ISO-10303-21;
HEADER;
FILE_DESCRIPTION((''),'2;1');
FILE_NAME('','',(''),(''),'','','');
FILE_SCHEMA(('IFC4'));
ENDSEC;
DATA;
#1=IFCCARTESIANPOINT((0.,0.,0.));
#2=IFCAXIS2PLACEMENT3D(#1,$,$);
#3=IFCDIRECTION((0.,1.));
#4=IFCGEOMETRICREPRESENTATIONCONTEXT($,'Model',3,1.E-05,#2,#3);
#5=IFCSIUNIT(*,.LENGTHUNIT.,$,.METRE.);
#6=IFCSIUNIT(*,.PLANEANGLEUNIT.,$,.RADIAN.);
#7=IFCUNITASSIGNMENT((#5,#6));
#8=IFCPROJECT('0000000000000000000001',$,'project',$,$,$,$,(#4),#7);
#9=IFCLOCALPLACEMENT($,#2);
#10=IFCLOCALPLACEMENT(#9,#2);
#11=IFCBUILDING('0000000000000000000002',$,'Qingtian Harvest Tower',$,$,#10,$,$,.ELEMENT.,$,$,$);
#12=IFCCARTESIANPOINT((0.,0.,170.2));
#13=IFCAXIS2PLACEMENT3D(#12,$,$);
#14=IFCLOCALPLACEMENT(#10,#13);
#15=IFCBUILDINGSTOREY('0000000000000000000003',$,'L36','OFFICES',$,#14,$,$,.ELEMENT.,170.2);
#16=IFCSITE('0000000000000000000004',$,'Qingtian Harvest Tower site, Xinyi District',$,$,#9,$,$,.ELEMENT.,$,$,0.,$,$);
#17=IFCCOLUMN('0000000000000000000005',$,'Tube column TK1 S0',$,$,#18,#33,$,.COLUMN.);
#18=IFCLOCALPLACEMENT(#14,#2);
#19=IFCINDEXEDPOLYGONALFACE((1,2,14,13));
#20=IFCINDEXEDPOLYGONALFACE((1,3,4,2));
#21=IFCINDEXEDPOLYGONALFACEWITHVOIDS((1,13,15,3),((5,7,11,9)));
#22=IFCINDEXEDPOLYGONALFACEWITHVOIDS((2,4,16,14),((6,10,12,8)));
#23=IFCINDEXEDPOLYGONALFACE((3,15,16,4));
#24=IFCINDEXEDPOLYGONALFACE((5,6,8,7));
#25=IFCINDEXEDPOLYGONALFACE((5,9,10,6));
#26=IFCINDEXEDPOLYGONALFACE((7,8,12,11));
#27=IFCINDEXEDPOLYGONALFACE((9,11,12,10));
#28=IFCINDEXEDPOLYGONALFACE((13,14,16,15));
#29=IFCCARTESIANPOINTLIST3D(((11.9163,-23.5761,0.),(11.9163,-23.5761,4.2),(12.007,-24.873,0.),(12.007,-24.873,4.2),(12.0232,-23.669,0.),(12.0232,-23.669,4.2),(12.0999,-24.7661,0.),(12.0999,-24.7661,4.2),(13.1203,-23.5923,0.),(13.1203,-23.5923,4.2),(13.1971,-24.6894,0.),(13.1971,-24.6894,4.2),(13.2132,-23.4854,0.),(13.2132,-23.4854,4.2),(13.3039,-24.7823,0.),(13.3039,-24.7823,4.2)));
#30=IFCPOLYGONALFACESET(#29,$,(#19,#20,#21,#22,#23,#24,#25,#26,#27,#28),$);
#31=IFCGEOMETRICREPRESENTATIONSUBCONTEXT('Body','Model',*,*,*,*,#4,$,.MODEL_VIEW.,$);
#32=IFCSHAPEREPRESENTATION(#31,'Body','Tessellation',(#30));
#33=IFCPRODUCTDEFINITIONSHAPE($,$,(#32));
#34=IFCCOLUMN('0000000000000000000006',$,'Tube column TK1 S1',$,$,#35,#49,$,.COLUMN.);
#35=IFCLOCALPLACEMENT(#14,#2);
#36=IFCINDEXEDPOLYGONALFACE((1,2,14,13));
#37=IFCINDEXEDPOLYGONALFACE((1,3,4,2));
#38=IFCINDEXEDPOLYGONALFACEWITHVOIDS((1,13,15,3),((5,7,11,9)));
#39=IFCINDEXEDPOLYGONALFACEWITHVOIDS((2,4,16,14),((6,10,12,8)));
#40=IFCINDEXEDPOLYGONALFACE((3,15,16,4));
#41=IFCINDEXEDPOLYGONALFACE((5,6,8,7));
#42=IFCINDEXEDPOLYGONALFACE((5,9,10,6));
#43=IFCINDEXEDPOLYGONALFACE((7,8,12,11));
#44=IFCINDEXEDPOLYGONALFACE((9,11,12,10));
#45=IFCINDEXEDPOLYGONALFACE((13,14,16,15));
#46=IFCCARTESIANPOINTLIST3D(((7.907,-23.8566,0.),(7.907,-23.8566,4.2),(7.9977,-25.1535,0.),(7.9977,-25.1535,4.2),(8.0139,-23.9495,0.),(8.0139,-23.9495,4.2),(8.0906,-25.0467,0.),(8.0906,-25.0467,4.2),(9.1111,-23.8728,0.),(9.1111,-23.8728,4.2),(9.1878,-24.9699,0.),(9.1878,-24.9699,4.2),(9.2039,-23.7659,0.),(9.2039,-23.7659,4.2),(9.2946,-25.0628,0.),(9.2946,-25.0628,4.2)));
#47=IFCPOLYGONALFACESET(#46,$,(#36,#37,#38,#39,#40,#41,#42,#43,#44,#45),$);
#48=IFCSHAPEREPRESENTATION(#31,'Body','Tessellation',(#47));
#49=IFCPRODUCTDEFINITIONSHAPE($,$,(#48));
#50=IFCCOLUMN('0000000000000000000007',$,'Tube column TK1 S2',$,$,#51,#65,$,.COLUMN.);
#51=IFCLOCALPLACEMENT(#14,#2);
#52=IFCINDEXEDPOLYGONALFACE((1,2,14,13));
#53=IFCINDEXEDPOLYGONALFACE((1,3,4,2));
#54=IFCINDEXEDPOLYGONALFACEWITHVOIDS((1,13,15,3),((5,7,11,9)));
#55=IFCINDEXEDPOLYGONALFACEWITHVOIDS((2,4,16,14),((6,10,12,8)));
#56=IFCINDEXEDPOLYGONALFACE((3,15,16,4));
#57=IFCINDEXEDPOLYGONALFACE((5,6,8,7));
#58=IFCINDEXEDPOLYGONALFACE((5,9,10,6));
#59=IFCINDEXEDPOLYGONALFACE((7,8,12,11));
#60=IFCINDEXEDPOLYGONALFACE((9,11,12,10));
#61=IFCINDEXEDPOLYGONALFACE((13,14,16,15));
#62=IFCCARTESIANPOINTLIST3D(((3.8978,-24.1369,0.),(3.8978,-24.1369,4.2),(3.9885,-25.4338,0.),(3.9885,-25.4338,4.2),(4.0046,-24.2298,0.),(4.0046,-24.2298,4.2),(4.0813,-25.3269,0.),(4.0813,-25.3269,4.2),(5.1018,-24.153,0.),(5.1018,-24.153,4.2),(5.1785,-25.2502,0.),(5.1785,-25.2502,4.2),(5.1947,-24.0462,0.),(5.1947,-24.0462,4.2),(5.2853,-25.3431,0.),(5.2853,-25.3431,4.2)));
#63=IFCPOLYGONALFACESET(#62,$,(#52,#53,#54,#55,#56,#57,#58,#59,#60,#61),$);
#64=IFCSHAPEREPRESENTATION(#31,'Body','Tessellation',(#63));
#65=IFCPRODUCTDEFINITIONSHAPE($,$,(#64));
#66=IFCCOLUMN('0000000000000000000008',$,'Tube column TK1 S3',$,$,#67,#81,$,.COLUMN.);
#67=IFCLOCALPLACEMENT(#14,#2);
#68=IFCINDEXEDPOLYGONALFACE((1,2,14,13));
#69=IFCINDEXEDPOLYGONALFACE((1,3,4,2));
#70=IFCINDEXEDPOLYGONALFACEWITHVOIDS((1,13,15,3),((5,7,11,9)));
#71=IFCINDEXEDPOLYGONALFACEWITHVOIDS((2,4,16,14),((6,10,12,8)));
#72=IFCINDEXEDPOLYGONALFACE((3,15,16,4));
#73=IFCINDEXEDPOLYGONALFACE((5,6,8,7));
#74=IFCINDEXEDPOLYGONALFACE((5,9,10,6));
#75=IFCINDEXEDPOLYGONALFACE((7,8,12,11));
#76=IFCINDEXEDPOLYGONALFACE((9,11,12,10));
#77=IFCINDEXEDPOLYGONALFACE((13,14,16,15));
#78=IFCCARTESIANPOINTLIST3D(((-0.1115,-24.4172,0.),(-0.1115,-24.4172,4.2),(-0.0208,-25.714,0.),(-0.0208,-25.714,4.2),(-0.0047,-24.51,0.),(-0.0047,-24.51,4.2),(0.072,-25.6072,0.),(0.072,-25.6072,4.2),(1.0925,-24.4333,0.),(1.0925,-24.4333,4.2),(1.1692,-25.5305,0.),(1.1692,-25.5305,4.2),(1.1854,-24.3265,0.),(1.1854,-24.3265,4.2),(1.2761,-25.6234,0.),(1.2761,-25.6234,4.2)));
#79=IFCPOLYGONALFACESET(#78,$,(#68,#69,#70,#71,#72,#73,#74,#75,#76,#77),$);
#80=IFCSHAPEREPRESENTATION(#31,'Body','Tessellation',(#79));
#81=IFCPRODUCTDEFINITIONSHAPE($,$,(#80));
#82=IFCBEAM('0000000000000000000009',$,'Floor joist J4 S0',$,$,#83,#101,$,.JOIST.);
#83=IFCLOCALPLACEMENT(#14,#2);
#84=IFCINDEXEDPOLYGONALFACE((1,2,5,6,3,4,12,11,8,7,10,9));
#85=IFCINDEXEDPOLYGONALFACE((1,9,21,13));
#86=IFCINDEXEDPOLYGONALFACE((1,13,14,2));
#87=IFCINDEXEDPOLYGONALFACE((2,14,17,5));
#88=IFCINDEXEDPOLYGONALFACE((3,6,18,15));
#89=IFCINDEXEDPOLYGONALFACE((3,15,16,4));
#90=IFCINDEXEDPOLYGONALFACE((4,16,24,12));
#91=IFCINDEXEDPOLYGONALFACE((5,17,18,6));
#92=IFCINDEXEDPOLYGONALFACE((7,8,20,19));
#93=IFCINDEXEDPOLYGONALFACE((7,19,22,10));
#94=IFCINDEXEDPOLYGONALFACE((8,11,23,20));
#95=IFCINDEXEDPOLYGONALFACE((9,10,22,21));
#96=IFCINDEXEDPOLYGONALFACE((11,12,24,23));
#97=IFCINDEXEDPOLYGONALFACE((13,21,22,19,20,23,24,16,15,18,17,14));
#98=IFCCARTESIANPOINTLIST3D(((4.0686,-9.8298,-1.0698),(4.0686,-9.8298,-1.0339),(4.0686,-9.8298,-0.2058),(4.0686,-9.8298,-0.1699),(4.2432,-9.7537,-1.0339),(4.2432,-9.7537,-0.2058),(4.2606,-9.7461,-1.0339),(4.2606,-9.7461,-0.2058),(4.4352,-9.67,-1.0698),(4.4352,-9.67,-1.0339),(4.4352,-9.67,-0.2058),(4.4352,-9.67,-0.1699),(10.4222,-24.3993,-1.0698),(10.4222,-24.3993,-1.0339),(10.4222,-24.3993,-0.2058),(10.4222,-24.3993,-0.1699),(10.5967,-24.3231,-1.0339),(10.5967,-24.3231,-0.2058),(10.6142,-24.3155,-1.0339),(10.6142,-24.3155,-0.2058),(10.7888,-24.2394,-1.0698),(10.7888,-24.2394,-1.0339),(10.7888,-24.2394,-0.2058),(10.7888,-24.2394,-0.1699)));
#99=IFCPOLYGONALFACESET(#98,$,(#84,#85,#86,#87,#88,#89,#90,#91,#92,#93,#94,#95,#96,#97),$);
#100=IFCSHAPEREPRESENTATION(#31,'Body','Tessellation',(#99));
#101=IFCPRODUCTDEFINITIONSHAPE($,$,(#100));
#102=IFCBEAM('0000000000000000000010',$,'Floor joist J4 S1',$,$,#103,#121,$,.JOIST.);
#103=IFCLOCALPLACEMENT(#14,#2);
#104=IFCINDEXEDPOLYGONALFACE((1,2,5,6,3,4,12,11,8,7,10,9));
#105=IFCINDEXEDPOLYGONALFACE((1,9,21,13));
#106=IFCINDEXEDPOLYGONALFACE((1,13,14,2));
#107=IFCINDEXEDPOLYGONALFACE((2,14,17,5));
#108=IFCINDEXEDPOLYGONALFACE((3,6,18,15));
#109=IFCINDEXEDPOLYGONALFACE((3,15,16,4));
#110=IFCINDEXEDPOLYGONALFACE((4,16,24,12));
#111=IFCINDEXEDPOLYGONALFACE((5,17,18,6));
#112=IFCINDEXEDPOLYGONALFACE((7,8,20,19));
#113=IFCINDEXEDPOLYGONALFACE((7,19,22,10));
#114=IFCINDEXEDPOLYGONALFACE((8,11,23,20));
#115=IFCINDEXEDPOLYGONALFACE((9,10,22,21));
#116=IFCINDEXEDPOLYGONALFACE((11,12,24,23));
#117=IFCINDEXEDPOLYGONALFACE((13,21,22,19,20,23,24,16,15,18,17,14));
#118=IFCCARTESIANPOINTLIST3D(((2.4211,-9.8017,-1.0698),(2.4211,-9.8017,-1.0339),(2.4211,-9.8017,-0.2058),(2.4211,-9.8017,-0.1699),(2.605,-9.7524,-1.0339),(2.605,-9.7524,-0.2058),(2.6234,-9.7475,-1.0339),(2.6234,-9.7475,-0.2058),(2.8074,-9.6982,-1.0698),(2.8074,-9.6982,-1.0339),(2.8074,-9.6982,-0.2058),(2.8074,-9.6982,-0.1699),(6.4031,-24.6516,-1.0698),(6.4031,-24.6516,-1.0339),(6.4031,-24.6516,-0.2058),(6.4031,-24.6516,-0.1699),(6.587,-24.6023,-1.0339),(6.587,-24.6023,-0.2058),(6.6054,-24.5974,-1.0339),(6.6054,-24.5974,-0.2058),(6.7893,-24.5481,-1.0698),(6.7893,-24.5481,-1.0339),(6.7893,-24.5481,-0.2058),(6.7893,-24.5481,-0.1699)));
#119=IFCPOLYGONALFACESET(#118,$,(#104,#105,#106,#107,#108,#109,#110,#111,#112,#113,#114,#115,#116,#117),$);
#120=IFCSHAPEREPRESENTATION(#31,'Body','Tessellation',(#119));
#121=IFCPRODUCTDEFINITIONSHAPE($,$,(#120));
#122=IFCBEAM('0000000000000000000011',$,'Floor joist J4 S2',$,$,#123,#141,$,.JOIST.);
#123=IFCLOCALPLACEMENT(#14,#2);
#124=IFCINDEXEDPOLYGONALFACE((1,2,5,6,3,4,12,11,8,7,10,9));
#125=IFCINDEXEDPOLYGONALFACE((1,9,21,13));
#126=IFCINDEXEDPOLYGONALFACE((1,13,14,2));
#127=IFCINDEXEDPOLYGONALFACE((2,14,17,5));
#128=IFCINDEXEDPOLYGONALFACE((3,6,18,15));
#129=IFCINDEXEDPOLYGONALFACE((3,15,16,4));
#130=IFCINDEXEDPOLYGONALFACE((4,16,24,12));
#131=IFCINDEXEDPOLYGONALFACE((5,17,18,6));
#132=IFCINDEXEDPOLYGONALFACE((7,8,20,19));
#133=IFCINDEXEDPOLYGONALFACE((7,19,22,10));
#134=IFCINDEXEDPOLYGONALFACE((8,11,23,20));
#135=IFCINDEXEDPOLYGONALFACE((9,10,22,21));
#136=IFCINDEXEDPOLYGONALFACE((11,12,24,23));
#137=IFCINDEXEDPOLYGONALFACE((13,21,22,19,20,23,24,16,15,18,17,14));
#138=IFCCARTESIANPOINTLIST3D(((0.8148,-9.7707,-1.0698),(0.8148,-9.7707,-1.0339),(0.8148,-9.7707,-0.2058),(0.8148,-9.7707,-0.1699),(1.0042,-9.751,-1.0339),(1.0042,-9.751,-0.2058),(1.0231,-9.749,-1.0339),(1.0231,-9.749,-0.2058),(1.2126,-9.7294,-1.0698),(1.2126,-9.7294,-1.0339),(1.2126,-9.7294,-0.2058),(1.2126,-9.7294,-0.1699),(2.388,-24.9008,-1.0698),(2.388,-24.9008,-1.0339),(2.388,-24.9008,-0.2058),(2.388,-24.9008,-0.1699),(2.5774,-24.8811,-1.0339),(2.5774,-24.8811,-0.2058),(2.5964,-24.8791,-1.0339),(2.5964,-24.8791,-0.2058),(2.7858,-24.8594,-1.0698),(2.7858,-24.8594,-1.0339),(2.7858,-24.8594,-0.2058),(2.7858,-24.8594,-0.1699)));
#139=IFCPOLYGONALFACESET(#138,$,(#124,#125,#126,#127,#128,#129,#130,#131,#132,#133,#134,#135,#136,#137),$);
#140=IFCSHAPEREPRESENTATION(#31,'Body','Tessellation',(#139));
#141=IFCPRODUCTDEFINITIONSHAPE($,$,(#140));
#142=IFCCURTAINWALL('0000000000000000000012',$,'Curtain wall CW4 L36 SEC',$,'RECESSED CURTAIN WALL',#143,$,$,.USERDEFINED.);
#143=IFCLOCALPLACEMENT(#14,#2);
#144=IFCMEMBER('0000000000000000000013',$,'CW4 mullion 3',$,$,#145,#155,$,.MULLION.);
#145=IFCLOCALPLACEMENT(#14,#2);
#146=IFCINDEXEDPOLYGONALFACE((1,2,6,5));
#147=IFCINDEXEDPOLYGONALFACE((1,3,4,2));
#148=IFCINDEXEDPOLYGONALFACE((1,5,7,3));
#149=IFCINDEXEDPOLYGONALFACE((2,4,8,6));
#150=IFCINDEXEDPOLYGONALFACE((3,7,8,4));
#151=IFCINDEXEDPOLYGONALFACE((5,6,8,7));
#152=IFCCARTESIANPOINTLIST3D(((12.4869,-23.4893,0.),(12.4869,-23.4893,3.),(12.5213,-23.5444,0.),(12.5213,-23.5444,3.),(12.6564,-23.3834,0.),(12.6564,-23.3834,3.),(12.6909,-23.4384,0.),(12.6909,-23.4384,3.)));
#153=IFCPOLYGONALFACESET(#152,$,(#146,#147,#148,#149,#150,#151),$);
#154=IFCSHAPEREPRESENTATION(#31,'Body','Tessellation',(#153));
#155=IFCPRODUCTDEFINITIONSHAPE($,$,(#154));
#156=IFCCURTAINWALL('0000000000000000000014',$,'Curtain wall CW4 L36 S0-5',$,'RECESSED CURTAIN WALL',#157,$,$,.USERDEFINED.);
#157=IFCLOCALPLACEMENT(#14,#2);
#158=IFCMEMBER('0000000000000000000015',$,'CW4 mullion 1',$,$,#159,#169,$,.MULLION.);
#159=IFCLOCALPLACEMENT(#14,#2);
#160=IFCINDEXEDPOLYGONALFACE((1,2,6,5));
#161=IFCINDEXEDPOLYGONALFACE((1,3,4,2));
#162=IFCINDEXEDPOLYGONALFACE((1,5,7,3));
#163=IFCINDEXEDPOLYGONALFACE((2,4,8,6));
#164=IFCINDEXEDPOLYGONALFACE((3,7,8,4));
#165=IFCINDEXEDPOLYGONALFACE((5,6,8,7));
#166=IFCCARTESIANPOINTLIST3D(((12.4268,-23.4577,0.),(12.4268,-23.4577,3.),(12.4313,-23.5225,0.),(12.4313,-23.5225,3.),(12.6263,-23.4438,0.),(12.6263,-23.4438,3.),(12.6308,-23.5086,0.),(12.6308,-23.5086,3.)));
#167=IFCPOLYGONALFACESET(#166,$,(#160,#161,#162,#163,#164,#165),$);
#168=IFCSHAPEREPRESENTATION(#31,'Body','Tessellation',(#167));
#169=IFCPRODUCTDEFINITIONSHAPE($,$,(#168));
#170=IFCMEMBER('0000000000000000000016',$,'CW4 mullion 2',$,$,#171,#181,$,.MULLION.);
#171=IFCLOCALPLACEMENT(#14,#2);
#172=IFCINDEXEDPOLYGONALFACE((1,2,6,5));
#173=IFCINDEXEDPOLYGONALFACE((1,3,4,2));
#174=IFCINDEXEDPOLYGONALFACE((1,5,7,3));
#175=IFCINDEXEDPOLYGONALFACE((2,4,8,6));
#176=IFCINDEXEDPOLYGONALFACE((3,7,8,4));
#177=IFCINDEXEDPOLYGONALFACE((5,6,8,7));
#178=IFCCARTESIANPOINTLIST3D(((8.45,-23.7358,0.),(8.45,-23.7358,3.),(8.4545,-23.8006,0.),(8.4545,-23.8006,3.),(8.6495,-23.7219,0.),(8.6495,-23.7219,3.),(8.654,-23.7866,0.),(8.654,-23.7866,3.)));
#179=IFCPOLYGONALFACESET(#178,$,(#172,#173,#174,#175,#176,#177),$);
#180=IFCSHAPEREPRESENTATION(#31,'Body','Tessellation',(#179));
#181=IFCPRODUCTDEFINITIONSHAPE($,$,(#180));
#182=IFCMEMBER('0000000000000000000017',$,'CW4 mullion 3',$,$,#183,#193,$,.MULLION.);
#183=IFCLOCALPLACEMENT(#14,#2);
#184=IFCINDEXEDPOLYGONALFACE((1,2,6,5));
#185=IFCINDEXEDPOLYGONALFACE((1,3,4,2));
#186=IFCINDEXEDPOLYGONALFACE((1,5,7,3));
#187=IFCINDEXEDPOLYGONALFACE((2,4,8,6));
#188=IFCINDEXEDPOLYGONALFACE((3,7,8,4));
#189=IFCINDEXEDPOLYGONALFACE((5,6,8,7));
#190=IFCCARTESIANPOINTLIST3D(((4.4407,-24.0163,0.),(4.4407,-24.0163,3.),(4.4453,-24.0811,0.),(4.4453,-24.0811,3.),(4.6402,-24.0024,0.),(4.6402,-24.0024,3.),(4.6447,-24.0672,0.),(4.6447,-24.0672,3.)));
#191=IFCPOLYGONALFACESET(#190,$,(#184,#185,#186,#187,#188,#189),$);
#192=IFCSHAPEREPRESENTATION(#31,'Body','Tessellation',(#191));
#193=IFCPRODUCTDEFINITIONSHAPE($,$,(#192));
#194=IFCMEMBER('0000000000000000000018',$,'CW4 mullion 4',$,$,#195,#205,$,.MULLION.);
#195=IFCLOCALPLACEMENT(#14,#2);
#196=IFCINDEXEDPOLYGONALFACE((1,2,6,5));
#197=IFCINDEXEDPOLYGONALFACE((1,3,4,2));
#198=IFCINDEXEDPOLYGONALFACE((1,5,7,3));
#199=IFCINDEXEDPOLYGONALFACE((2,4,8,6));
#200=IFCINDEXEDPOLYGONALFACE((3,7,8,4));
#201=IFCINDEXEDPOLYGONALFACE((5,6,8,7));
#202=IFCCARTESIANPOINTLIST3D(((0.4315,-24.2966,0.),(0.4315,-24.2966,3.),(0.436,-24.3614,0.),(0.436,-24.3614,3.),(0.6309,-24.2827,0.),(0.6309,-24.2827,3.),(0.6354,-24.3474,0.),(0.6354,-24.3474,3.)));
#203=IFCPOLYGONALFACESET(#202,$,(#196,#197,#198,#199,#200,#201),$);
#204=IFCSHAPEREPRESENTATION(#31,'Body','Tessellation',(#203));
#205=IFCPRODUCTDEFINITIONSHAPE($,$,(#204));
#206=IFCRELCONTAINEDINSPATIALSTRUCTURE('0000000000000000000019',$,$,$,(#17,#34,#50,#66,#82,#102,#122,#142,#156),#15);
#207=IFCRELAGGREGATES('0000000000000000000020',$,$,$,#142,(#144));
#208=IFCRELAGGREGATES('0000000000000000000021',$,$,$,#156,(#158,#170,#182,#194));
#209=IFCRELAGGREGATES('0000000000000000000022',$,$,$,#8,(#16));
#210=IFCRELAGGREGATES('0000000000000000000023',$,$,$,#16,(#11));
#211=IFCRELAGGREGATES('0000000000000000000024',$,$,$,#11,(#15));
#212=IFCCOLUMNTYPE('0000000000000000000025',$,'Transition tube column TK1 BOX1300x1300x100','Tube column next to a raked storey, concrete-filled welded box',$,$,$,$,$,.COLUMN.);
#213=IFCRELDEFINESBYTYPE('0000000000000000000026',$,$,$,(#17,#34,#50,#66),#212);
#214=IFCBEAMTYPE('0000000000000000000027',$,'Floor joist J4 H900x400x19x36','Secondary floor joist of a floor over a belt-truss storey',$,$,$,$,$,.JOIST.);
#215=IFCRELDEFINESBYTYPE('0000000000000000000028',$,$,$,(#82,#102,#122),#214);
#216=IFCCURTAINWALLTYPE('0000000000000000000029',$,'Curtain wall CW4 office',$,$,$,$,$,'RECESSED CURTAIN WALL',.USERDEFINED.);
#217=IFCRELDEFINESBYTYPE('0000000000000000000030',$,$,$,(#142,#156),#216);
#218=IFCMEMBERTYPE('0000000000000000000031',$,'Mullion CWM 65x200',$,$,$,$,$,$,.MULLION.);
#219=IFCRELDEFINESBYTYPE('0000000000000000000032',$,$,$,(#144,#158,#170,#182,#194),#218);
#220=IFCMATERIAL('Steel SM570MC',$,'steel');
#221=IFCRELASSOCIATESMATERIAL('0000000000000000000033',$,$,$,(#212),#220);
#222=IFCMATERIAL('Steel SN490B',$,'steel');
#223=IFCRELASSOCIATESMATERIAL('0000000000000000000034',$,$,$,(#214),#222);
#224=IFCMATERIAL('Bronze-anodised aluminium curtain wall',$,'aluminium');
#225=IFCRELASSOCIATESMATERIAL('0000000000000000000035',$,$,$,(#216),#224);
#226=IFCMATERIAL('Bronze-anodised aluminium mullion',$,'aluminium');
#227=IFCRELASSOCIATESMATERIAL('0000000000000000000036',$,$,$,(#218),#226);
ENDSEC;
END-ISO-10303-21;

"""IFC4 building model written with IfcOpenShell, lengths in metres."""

from ifc_helpers import new_model, si_unit, direction, frame, origin, origin_2d, place, context, subcontext, project, spatial, rectangle, hollow_rectangle, i_section, extrude, material, material_profile, profile_set, type_object, element, aggregate, save


model = new_model("IFC4")

# Units and contexts
model_context = context("Model", 3, precision=1e-05, world=origin(), true_north=direction((0.0, 1.0)))
body_context = subcontext(model_context, "Body", "Model", "MODEL_VIEW")
ifc_project = project(units=[si_unit("LENGTHUNIT", "METRE"), si_unit("PLANEANGLEUNIT", "RADIAN")], contexts=[model_context])

# Site, building, storey
site_placement = place(None, origin())
site = spatial("IfcSite", under=ifc_project, at=site_placement, Name="Qingtian Harvest Tower site, Xinyi District", CompositionType="ELEMENT", RefElevation=0.0)
building_placement = place(site_placement, origin())
building = spatial("IfcBuilding", under=site, at=building_placement, Name="Qingtian Harvest Tower", CompositionType="ELEMENT")
storey_placement = place(building_placement, frame((0.0, 0.0, 170.2)))
storey = spatial("IfcBuildingStorey", under=building, at=storey_placement, Name="L36", Description="OFFICES", CompositionType="ELEMENT", Elevation=170.2)

# Columns
ifc_material_1 = material(Name="Steel SM570MC", Category="steel")
ifc_material_profile_1 = material_profile(ifc_material_1, hollow_rectangle(XDim=1.3, YDim=1.3, WallThickness=0.1001, at=origin_2d()), Name="BOX1300x1300x100")
ifc_profile_set_1 = profile_set([ifc_material_profile_1], Name="Steel SM570MC")
column_type = type_object("IfcColumnType", Name="Transition tube column TK1 BOX1300x1300x100", Description="Tube column next to a raked storey, concrete-filled welded box", PredefinedType="COLUMN", material=ifc_profile_set_1)
for number, where, z_axis, x_axis, name in (
    (1, (12.6101, -24.1792, 0.0), (0.0, 0.0, 1.0), (0.997564, 0.069756, 0.0), "Tube column TK1 S0"),
    (2, (8.6008, -24.4597, 0.0), (0.0, 0.0, 1.0), (0.997564, 0.069756, 0.0), "Tube column TK1 S1"),
    (3, (4.5916, -24.74, 0.0), (0.0, 0.0, 1.0), (0.997564, 0.069756, 0.0), "Tube column TK1 S2"),
    (4, (0.5823, -25.0203, 0.0), (0.0, 0.0, 1.0), (0.997564, 0.069756, 0.0), "Tube column TK1 S3"),
):
    element("IfcColumn", number, at=place(storey_placement, frame(where, z_axis=z_axis, x_axis=x_axis)), inside=storey, type_object=column_type, Name=name, PredefinedType="COLUMN", context=body_context, shape_type="SweptSolid", body=[
        extrude(hollow_rectangle(XDim=1.3, YDim=1.3, WallThickness=0.1001, at=origin_2d()), origin(), (0.0, 0.0, 1.0), 4.2),
    ])

# Beams
ifc_material_2 = material(Name="Steel SN490B", Category="steel")
ifc_material_profile_2 = material_profile(ifc_material_2, i_section(OverallWidth=0.3999, OverallDepth=0.8999, WebThickness=0.019, FlangeThickness=0.0359, at=origin_2d()), Name="H900x400x19x36")
ifc_profile_set_2 = profile_set([ifc_material_profile_2], Name="Steel SN490B")
beam_type_1 = type_object("IfcBeamType", Name="Floor joist J4 H900x400x19x36", Description="Secondary floor joist of a floor over a belt-truss storey", PredefinedType="JOIST", material=ifc_profile_set_2)
beam_1_placement = place(storey_placement, frame((10.6055, -24.3193, -0.6199), z_axis=(-0.399732, 0.916632, 0.0), x_axis=(-0.916632, -0.399732, 0.0)))
element("IfcBeam", 5, at=beam_1_placement, inside=storey, type_object=beam_type_1, Name="Floor joist J4 S0", PredefinedType="JOIST", context=body_context, shape_type="SweptSolid", body=[
    extrude(i_section(OverallWidth=0.3999, OverallDepth=0.8999, WebThickness=0.019, FlangeThickness=0.0359, at=origin_2d()), origin(), (0.0, 0.0, 1.0), 15.8945),
])
beam_2_placement = place(storey_placement, frame((6.5962, -24.5999, -0.6199), z_axis=(-0.258997, 0.965878, 0.0), x_axis=(-0.965878, -0.258997, 0.0)))
element("IfcBeam", 6, at=beam_2_placement, inside=storey, type_object=beam_type_1, Name="Floor joist J4 S1", PredefinedType="JOIST", context=body_context, shape_type="SweptSolid", body=[
    extrude(i_section(OverallWidth=0.3999, OverallDepth=0.8999, WebThickness=0.019, FlangeThickness=0.0359, at=origin_2d()), origin(), (0.0, 0.0, 1.0), 15.3745),
])
beam_3_placement = place(storey_placement, frame((2.5869, -24.8801, -0.6199), z_axis=(-0.103423, 0.994637, 0.0), x_axis=(-0.994637, -0.103423, 0.0)))
element("IfcBeam", 7, at=beam_3_placement, inside=storey, type_object=beam_type_1, Name="Floor joist J4 S2", PredefinedType="JOIST", context=body_context, shape_type="SweptSolid", body=[
    extrude(i_section(OverallWidth=0.3999, OverallDepth=0.8999, WebThickness=0.019, FlangeThickness=0.0359, at=origin_2d()), origin(), (0.0, 0.0, 1.0), 15.2117),
])

# Curtain wall, member
ifc_material_3 = material(Name="Bronze-anodised aluminium curtain wall", Category="aluminium")
curtain_wall_type = type_object("IfcCurtainWallType", Name="Curtain wall CW4 office", ElementType="RECESSED CURTAIN WALL", PredefinedType="USERDEFINED", material=ifc_material_3)
curtain_wall_1_placement = place(storey_placement, origin())
curtain_wall_1 = element("IfcCurtainWall", 8, at=curtain_wall_1_placement, inside=storey, type_object=curtain_wall_type, Name="Curtain wall CW4 L36 SEC", ObjectType="RECESSED CURTAIN WALL", PredefinedType="USERDEFINED")
ifc_material_4 = material(Name="Bronze-anodised aluminium mullion", Category="aluminium")
ifc_material_profile_3 = material_profile(ifc_material_4, rectangle(XDim=0.0649, YDim=0.2, at=origin_2d()), Name="AL 65x200")
ifc_profile_set_3 = profile_set([ifc_material_profile_3], Name="Bronze-anodised aluminium mullion")
member_type_1 = type_object("IfcMemberType", Name="Mullion CWM 65x200", PredefinedType="MULLION", material=ifc_profile_set_3)
member_1_placement = place(storey_placement, frame((12.5889, -23.4639, 0.0), z_axis=(0.0, 0.0, 1.0), x_axis=(0.529919, -0.848048, 0.0)))
member_1 = element("IfcMember", 9, at=member_1_placement, type_object=member_type_1, Name="CW4 mullion 3", PredefinedType="MULLION", context=body_context, shape_type="SweptSolid", body=[
    extrude(rectangle(XDim=0.0649, YDim=0.2, at=origin_2d()), origin(), (0.0, 0.0, 1.0), 3.0),
])
aggregate(curtain_wall_1, [member_1])

# Curtain wall, members
curtain_wall_2_placement = place(storey_placement, origin())
curtain_wall_2 = element("IfcCurtainWall", 10, at=curtain_wall_2_placement, inside=storey, type_object=curtain_wall_type, Name="Curtain wall CW4 L36 S0-5", ObjectType="RECESSED CURTAIN WALL", PredefinedType="USERDEFINED")
member_2_placement = place(storey_placement, frame((12.5288, -23.4832, 0.0), z_axis=(0.0, 0.0, 1.0), x_axis=(0.069756, -0.997564, 0.0)))
member_2 = element("IfcMember", 11, at=member_2_placement, type_object=member_type_1, Name="CW4 mullion 1", PredefinedType="MULLION", context=body_context, shape_type="SweptSolid", body=[
    extrude(rectangle(XDim=0.0649, YDim=0.2, at=origin_2d()), origin(), (0.0, 0.0, 1.0), 3.0),
])
member_3_placement = place(storey_placement, frame((8.552, -23.7612, 0.0), z_axis=(0.0, 0.0, 1.0), x_axis=(0.069756, -0.997564, 0.0)))
member_3 = element("IfcMember", 12, at=member_3_placement, type_object=member_type_1, Name="CW4 mullion 2", PredefinedType="MULLION", context=body_context, shape_type="SweptSolid", body=[
    extrude(rectangle(XDim=0.0649, YDim=0.2, at=origin_2d()), origin(), (0.0, 0.0, 1.0), 3.0),
])
member_4_placement = place(storey_placement, frame((4.5427, -24.0417, 0.0), z_axis=(0.0, 0.0, 1.0), x_axis=(0.069756, -0.997564, 0.0)))
member_4 = element("IfcMember", 13, at=member_4_placement, type_object=member_type_1, Name="CW4 mullion 3", PredefinedType="MULLION", context=body_context, shape_type="SweptSolid", body=[
    extrude(rectangle(XDim=0.0649, YDim=0.2, at=origin_2d()), origin(), (0.0, 0.0, 1.0), 3.0),
])
member_5_placement = place(storey_placement, frame((0.5334, -24.322, 0.0), z_axis=(0.0, 0.0, 1.0), x_axis=(0.069756, -0.997564, 0.0)))
member_5 = element("IfcMember", 14, at=member_5_placement, type_object=member_type_1, Name="CW4 mullion 4", PredefinedType="MULLION", context=body_context, shape_type="SweptSolid", body=[
    extrude(rectangle(XDim=0.0649, YDim=0.2, at=origin_2d()), origin(), (0.0, 0.0, 1.0), 3.0),
])

aggregate(curtain_wall_2, [member_2, member_3, member_4, member_5])

save(model, "model.ifc")
